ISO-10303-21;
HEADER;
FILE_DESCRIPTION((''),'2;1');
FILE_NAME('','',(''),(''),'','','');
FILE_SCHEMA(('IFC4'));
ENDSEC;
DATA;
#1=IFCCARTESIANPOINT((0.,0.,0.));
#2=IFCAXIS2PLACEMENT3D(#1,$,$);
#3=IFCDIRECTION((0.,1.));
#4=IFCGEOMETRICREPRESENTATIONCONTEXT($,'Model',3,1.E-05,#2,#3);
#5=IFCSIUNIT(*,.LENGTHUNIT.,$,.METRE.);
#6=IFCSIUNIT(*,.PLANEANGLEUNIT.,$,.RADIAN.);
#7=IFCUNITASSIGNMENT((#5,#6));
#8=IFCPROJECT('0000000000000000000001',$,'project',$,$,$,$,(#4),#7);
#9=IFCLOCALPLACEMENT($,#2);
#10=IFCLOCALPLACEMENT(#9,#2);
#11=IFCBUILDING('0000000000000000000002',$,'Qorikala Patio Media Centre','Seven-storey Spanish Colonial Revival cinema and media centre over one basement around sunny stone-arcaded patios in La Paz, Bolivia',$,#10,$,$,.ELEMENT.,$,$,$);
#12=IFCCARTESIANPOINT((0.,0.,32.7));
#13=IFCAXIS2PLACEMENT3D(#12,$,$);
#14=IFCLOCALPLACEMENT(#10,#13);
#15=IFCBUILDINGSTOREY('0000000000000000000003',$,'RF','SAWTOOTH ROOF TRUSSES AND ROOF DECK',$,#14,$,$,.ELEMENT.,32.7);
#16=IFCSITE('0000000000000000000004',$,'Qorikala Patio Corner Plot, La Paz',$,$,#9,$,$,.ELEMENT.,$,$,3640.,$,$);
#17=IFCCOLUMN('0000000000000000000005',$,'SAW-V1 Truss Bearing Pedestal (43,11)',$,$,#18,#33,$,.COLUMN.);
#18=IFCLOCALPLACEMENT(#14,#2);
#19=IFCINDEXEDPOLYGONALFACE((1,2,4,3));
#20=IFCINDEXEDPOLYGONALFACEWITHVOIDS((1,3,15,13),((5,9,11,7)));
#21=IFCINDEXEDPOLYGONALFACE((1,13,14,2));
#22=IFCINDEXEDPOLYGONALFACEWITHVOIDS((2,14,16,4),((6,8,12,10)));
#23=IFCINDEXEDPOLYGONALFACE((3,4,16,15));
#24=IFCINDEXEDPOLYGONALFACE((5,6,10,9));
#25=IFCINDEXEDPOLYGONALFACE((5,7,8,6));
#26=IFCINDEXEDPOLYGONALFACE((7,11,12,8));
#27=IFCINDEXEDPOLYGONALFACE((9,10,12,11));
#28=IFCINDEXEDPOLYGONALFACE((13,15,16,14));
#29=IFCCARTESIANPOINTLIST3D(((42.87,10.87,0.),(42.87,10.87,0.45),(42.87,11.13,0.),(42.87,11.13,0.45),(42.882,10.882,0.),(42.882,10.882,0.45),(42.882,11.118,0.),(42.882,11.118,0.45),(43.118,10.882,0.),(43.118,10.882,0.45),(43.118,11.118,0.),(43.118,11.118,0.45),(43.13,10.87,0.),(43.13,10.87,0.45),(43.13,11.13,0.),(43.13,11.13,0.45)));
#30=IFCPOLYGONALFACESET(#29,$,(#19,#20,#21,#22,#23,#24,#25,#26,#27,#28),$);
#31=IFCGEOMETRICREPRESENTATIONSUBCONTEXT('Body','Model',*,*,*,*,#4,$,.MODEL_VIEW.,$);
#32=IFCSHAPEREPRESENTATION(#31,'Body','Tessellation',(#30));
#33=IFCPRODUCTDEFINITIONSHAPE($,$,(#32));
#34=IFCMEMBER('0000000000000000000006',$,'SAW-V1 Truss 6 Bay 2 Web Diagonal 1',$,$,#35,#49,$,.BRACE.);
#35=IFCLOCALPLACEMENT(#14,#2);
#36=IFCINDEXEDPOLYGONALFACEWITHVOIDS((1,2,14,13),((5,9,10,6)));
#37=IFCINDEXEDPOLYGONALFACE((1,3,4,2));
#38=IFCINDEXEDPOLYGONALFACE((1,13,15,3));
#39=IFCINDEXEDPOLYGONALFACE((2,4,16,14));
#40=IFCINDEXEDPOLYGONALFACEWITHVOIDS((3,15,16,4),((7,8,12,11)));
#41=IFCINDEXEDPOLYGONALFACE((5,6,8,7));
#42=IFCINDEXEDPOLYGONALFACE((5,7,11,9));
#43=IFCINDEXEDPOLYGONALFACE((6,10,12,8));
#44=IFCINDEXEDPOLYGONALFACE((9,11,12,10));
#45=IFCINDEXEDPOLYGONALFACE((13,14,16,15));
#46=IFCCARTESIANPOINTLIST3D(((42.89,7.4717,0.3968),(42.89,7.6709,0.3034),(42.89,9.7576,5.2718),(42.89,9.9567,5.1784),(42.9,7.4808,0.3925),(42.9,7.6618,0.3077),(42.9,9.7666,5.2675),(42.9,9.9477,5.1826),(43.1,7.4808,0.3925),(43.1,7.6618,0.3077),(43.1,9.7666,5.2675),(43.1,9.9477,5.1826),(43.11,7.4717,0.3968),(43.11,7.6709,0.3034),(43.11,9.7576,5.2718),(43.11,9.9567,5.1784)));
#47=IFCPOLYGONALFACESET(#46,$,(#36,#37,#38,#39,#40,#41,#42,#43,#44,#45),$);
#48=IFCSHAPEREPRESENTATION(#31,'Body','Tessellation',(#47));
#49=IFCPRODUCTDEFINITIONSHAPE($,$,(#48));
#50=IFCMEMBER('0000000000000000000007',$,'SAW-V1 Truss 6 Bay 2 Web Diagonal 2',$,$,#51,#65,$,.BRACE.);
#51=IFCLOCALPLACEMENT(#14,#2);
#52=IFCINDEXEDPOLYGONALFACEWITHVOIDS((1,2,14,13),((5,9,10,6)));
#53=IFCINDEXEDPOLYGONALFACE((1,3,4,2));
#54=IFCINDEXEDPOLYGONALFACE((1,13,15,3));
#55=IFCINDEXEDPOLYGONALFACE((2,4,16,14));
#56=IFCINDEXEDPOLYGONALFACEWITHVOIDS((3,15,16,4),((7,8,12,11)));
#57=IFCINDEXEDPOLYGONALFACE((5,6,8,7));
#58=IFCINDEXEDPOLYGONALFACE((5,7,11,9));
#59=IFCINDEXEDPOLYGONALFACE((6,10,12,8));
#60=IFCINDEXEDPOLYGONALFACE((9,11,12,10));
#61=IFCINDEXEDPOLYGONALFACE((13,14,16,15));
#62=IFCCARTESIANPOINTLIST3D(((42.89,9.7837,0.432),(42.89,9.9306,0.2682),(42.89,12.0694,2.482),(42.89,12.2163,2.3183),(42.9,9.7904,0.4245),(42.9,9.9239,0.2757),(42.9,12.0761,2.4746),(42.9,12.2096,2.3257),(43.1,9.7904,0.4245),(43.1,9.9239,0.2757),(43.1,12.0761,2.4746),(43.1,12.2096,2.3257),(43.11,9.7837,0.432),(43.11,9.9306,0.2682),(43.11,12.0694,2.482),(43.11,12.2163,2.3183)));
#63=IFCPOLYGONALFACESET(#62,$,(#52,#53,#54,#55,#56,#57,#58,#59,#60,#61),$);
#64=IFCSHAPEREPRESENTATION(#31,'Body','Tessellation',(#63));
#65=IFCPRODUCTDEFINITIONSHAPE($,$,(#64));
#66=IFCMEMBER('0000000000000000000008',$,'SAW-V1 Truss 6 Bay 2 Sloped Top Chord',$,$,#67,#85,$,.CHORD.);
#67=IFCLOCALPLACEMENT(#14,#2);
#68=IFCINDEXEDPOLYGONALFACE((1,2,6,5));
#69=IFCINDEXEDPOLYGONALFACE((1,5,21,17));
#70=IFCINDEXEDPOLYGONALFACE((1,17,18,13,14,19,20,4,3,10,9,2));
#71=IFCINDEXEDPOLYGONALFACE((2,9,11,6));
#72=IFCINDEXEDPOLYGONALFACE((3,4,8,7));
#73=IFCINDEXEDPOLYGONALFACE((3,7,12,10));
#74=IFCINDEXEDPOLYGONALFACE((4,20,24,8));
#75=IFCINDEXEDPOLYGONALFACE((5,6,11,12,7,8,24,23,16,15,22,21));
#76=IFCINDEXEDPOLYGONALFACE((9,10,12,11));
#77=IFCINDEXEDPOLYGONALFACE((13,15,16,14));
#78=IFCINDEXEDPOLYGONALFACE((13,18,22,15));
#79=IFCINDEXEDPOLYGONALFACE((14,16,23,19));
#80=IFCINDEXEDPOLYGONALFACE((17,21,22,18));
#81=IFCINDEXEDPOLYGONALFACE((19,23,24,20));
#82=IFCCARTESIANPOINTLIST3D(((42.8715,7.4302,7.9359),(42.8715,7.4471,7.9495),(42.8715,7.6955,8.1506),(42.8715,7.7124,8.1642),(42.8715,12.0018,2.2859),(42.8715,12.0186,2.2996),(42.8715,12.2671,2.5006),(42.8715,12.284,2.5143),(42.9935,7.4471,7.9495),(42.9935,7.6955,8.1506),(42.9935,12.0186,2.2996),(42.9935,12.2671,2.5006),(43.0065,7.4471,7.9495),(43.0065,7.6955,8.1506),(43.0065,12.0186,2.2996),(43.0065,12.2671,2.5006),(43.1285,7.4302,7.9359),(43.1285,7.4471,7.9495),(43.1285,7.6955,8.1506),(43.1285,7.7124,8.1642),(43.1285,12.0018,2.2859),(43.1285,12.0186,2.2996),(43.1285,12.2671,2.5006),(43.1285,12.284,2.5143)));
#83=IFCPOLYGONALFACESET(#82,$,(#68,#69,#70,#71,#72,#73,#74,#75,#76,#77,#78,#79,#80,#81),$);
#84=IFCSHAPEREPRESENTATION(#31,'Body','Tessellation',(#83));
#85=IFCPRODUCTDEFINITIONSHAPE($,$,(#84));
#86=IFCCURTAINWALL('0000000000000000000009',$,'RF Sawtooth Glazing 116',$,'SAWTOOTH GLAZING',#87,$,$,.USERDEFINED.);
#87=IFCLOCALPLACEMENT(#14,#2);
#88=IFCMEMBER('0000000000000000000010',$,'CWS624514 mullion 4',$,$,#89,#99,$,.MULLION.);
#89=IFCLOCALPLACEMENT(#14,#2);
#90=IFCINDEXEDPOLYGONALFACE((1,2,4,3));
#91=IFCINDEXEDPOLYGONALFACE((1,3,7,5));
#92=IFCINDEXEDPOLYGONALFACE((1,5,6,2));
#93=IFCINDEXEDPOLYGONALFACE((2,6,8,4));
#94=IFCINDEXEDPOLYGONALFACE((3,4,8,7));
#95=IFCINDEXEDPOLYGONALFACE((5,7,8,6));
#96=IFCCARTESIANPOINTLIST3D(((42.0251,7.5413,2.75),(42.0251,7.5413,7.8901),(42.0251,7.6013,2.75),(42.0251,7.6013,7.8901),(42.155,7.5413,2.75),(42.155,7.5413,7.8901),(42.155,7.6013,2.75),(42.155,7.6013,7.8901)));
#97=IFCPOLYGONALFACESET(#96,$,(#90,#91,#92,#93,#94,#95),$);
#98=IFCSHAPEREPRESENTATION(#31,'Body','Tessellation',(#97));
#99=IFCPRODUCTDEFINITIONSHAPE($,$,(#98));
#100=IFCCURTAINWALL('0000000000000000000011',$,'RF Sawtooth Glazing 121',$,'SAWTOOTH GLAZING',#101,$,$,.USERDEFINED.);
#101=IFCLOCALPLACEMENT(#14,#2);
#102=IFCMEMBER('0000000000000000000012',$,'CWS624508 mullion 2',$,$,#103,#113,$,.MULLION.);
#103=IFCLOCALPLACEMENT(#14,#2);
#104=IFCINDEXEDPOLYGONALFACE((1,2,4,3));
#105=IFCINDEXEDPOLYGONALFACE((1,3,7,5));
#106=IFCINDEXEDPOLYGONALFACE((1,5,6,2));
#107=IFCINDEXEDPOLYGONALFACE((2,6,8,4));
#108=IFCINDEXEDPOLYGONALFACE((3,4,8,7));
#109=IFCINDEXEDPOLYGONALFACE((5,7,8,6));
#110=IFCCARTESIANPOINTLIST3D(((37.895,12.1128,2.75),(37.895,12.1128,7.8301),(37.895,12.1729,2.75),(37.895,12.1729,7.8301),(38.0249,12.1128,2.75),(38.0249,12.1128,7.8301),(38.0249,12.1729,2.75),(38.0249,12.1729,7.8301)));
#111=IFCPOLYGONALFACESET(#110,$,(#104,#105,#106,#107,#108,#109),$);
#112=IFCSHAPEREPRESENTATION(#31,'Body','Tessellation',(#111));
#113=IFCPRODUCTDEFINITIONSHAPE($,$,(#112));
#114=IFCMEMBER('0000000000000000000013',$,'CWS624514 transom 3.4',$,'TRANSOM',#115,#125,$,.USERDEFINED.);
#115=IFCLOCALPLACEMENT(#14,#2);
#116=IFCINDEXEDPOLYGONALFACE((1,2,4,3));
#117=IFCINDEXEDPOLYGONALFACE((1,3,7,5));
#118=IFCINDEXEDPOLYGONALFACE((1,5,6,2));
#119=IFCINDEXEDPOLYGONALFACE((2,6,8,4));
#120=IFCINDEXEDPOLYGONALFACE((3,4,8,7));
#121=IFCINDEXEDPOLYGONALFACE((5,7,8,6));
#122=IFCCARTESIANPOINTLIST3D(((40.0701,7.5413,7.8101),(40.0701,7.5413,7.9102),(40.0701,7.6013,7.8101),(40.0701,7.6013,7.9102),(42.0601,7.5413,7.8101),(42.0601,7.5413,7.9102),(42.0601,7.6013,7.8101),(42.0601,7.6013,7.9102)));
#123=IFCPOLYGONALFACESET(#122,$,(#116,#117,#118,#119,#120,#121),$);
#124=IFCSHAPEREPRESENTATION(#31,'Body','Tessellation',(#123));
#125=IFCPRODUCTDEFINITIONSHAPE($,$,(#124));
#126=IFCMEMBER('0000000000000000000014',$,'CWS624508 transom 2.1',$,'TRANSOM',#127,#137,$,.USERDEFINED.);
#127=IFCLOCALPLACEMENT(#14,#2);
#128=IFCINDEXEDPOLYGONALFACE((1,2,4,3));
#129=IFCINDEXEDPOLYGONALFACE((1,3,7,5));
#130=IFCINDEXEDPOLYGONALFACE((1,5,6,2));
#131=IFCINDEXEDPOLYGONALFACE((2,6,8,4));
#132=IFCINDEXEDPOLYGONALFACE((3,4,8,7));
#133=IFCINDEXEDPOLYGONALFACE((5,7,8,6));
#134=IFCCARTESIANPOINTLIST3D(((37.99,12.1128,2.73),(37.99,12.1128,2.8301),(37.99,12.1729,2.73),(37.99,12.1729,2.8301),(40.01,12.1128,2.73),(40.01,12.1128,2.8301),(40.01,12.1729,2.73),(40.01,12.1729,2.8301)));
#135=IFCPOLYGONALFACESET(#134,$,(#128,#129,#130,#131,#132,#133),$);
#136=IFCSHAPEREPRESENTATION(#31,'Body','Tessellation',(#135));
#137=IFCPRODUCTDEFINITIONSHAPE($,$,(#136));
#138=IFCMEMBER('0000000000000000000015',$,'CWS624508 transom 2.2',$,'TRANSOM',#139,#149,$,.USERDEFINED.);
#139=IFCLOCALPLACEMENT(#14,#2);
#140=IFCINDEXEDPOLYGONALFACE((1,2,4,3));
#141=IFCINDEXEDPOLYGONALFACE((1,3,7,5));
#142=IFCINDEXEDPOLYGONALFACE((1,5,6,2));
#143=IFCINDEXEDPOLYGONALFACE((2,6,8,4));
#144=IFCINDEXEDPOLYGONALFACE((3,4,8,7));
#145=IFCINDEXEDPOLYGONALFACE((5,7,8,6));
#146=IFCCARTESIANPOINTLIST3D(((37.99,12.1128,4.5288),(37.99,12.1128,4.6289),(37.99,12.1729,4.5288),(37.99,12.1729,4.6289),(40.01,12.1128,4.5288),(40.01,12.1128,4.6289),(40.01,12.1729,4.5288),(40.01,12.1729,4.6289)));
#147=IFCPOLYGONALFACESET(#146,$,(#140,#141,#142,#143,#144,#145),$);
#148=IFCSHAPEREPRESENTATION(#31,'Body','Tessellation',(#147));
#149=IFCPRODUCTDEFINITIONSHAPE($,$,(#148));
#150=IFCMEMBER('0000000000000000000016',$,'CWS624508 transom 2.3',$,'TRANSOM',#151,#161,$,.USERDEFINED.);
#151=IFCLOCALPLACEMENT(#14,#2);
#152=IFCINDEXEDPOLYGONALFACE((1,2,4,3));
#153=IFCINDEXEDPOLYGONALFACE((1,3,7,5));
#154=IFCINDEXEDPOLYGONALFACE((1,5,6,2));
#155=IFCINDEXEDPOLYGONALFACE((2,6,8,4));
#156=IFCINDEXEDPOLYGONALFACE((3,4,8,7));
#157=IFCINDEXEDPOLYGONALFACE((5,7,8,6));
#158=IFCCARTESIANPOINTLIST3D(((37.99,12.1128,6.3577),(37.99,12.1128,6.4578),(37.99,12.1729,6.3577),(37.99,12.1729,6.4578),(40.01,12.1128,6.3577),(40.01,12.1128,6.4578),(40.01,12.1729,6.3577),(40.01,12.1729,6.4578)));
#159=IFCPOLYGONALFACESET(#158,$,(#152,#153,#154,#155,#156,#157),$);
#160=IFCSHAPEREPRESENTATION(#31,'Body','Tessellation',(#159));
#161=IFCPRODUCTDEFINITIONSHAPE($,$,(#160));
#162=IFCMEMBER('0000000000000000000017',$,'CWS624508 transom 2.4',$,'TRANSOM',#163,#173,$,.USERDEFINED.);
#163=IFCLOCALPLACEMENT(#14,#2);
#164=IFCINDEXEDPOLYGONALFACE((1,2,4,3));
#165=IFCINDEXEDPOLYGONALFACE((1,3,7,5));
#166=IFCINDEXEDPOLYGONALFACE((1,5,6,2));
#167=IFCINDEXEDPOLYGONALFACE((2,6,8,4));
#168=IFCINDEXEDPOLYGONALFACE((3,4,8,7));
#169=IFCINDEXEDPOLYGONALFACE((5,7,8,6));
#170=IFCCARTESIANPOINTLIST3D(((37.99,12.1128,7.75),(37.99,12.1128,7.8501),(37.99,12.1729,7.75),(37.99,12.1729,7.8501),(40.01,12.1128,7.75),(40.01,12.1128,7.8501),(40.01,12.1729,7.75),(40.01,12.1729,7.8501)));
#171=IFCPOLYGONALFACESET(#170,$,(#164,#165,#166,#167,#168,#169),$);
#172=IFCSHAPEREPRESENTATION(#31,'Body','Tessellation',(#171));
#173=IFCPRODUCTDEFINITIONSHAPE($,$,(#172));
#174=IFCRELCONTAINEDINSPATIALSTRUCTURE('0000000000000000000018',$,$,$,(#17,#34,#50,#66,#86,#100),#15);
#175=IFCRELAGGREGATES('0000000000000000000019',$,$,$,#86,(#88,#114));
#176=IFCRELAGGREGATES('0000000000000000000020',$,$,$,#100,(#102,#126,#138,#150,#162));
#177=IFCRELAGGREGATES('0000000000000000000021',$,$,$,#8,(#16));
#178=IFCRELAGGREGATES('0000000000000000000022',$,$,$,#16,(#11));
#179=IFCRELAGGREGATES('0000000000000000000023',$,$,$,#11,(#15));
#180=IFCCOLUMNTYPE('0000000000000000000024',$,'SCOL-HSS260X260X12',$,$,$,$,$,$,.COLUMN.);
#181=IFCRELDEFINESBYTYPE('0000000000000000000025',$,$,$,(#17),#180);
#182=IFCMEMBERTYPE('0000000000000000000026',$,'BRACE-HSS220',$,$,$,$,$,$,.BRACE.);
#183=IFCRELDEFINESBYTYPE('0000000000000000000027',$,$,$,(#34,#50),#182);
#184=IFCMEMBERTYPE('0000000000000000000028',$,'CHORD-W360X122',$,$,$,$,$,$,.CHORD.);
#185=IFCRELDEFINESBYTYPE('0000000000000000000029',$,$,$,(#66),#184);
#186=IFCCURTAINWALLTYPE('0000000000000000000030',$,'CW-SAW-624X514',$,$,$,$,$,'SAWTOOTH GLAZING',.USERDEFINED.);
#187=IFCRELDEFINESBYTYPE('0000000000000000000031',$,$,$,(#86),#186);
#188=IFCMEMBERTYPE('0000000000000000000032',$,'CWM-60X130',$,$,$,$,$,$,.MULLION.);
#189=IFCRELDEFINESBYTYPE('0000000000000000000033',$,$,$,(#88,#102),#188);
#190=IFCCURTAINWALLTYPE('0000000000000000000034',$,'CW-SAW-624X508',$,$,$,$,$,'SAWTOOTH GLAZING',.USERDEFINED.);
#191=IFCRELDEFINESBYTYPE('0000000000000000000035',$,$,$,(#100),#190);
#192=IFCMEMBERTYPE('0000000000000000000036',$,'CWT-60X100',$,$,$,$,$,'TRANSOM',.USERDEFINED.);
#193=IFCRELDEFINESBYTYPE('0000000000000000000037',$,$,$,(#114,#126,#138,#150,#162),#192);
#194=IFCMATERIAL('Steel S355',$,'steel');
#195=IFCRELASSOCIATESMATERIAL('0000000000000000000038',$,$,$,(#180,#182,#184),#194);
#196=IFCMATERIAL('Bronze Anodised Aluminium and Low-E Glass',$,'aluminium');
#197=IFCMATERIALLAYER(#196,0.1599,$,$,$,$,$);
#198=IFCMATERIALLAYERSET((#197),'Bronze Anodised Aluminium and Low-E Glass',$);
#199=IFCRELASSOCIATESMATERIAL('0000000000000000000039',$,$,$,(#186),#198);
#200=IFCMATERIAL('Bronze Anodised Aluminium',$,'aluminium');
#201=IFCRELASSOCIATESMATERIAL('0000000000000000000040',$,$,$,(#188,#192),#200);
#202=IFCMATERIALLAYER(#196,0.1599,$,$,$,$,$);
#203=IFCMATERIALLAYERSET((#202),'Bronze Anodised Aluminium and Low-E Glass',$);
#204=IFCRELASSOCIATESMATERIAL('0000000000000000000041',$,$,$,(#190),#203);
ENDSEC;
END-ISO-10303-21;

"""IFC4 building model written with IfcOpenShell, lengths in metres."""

from ifc_helpers import new_model, si_unit, direction, frame, origin, origin_2d, place, context, subcontext, project, spatial, rectangle, hollow_rectangle, i_section, extrude, material, layer, layer_set, material_profile, profile_set, type_object, element, aggregate, save


model = new_model("IFC4")

# Units and contexts
model_context = context("Model", 3, precision=1e-05, world=origin(), true_north=direction((0.0, 1.0)))
body_context = subcontext(model_context, "Body", "Model", "MODEL_VIEW")
ifc_project = project(units=[si_unit("LENGTHUNIT", "METRE"), si_unit("PLANEANGLEUNIT", "RADIAN")], contexts=[model_context])

# Site, building, storey
site_placement = place(None, origin())
site = spatial("IfcSite", under=ifc_project, at=site_placement, Name="Qorikala Patio Corner Plot, La Paz", CompositionType="ELEMENT", RefElevation=3640.0)
building_placement = place(site_placement, origin())
building = spatial("IfcBuilding", under=site, at=building_placement, Name="Qorikala Patio Media Centre", Description="Seven-storey Spanish Colonial Revival cinema and media centre over one basement around sunny stone-arcaded patios in La Paz, Bolivia", CompositionType="ELEMENT")
storey_placement = place(building_placement, frame((0.0, 0.0, 32.7)))
storey = spatial("IfcBuildingStorey", under=building, at=storey_placement, Name="RF", Description="SAWTOOTH ROOF TRUSSES AND ROOF DECK", CompositionType="ELEMENT", Elevation=32.7)

# Column
ifc_material_1 = material(Name="Steel S355", Category="steel")
ifc_material_profile_1 = material_profile(ifc_material_1, hollow_rectangle(XDim=0.26, YDim=0.26, WallThickness=0.012, at=origin_2d()), Name="HSS260X260X12")
ifc_profile_set_1 = profile_set([ifc_material_profile_1], Name="Steel S355")
column_type = type_object("IfcColumnType", Name="SCOL-HSS260X260X12", PredefinedType="COLUMN", material=ifc_profile_set_1)
column_placement = place(storey_placement, frame((43.0, 11.0, 0.0), z_axis=(0.0, 0.0, 1.0), x_axis=(1.0, 0.0, 0.0)))
element("IfcColumn", 1, at=column_placement, inside=storey, type_object=column_type, Name="SAW-V1 Truss Bearing Pedestal (43,11)", PredefinedType="COLUMN", context=body_context, shape_type="SweptSolid", body=[
    extrude(hollow_rectangle(XDim=0.26, YDim=0.26, WallThickness=0.012, at=origin_2d()), origin(), (0.0, 0.0, 1.0), 0.45),
])

# Members
ifc_material_profile_2 = material_profile(ifc_material_1, hollow_rectangle(XDim=0.22, YDim=0.22, WallThickness=0.01, at=origin_2d()), Name="HSS220X220X10")
ifc_profile_set_2 = profile_set([ifc_material_profile_2], Name="Steel S355")
member_type_1 = type_object("IfcMemberType", Name="BRACE-HSS220", PredefinedType="BRACE", material=ifc_profile_set_2)
member_1_placement = place(storey_placement, frame((43.0, 7.5713, 0.3501), z_axis=(0.0, 0.424545, 0.905407), x_axis=(-1.0, 0.0, 0.0)))
element("IfcMember", 2, at=member_1_placement, inside=storey, type_object=member_type_1, Name="SAW-V1 Truss 6 Bay 2 Web Diagonal 1", PredefinedType="BRACE", context=body_context, shape_type="SweptSolid", body=[
    extrude(hollow_rectangle(XDim=0.22, YDim=0.22, WallThickness=0.01, at=origin_2d()), origin(), (0.0, 0.0, 1.0), 5.3843),
])
member_2_placement = place(storey_placement, frame((43.0, 9.8572, 0.3501), z_axis=(0.0, 0.744432, 0.667699), x_axis=(-1.0, 0.0, 0.0)))
element("IfcMember", 3, at=member_2_placement, inside=storey, type_object=member_type_1, Name="SAW-V1 Truss 6 Bay 2 Web Diagonal 2", PredefinedType="BRACE", context=body_context, shape_type="SweptSolid", body=[
    extrude(hollow_rectangle(XDim=0.22, YDim=0.22, WallThickness=0.01, at=origin_2d()), origin(), (0.0, 0.0, 1.0), 3.0703),
])
ifc_material_profile_3 = material_profile(ifc_material_1, i_section(OverallWidth=0.2571, OverallDepth=0.363, WebThickness=0.0129, FlangeThickness=0.0217, at=origin_2d()), Name="W360X122")
ifc_profile_set_3 = profile_set([ifc_material_profile_3], Name="Steel S355")
member_type_2 = type_object("IfcMemberType", Name="CHORD-W360X122", PredefinedType="CHORD", material=ifc_profile_set_3)
member_3_placement = place(storey_placement, frame((43.0, 7.5713, 8.05), z_axis=(0.0, 0.629016, -0.777393), x_axis=(-1.0, 0.0, 0.0)))
element("IfcMember", 4, at=member_3_placement, inside=storey, type_object=member_type_2, Name="SAW-V1 Truss 6 Bay 2 Sloped Top Chord", PredefinedType="CHORD", context=body_context, shape_type="SweptSolid", body=[
    extrude(i_section(OverallWidth=0.2571, OverallDepth=0.363, WebThickness=0.0129, FlangeThickness=0.0217, at=origin_2d()), origin(), (0.0, 0.0, 1.0), 7.2678),
])

# Curtain walls, members
ifc_material_2 = material(Name="Bronze Anodised Aluminium and Low-E Glass", Category="aluminium")
ifc_layer_1 = layer(ifc_material_2, 0.1599)
ifc_layer_set_1 = layer_set([ifc_layer_1], Name="Bronze Anodised Aluminium and Low-E Glass")
curtain_wall_type_1 = type_object("IfcCurtainWallType", Name="CW-SAW-624X514", ElementType="SAWTOOTH GLAZING", PredefinedType="USERDEFINED", material=ifc_layer_set_1)
curtain_wall_1_placement = place(storey_placement, origin())
curtain_wall_1 = element("IfcCurtainWall", 5, at=curtain_wall_1_placement, inside=storey, type_object=curtain_wall_type_1, Name="RF Sawtooth Glazing 116", ObjectType="SAWTOOTH GLAZING", PredefinedType="USERDEFINED")
ifc_material_3 = material(Name="Bronze Anodised Aluminium", Category="aluminium")
ifc_material_profile_4 = material_profile(ifc_material_3, rectangle(XDim=0.0601, YDim=0.1299, at=origin_2d()), Name="ALU MULLION 60x130")
ifc_profile_set_4 = profile_set([ifc_material_profile_4], Name="Bronze Anodised Aluminium")
member_type_3 = type_object("IfcMemberType", Name="CWM-60X130", PredefinedType="MULLION", material=ifc_profile_set_4)
member_4_placement = place(storey_placement, frame((42.0901, 7.5713, 2.75), z_axis=(0.0, 0.0, 1.0), x_axis=(0.0, 1.0, 0.0)))
member_4 = element("IfcMember", 6, at=member_4_placement, type_object=member_type_3, Name="CWS624514 mullion 4", PredefinedType="MULLION", context=body_context, shape_type="SweptSolid", body=[
    extrude(rectangle(XDim=0.0601, YDim=0.1299, at=origin_2d()), origin(), (0.0, 0.0, 1.0), 5.1401),
])
ifc_layer_2 = layer(ifc_material_2, 0.1599)
ifc_layer_set_2 = layer_set([ifc_layer_2], Name="Bronze Anodised Aluminium and Low-E Glass")
curtain_wall_type_2 = type_object("IfcCurtainWallType", Name="CW-SAW-624X508", ElementType="SAWTOOTH GLAZING", PredefinedType="USERDEFINED", material=ifc_layer_set_2)
curtain_wall_2_placement = place(storey_placement, origin())
curtain_wall_2 = element("IfcCurtainWall", 7, at=curtain_wall_2_placement, inside=storey, type_object=curtain_wall_type_2, Name="RF Sawtooth Glazing 121", ObjectType="SAWTOOTH GLAZING", PredefinedType="USERDEFINED")
member_5_placement = place(storey_placement, frame((37.96, 12.1428, 2.75), z_axis=(0.0, 0.0, 1.0), x_axis=(0.0, 1.0, 0.0)))
member_5 = element("IfcMember", 8, at=member_5_placement, type_object=member_type_3, Name="CWS624508 mullion 2", PredefinedType="MULLION", context=body_context, shape_type="SweptSolid", body=[
    extrude(rectangle(XDim=0.0601, YDim=0.1299, at=origin_2d()), origin(), (0.0, 0.0, 1.0), 5.0801),
])

# Members
ifc_material_profile_5 = material_profile(ifc_material_3, rectangle(XDim=0.0601, YDim=0.1001, at=origin_2d()), Name="ALU TRANSOM 60x100")
ifc_profile_set_5 = profile_set([ifc_material_profile_5], Name="Bronze Anodised Aluminium")
member_type_4 = type_object("IfcMemberType", Name="CWT-60X100", ElementType="TRANSOM", PredefinedType="USERDEFINED", material=ifc_profile_set_5)
member_6_placement = place(storey_placement, frame((40.0701, 7.5713, 7.8601), z_axis=(1.0, 0.0, 0.0), x_axis=(0.0, 1.0, 0.0)))
member_6 = element("IfcMember", 9, at=member_6_placement, type_object=member_type_4, Name="CWS624514 transom 3.4", ObjectType="TRANSOM", PredefinedType="USERDEFINED", context=body_context, shape_type="SweptSolid", body=[
    extrude(rectangle(XDim=0.0601, YDim=0.1001, at=origin_2d()), origin(), (0.0, 0.0, 1.0), 1.99),
])
member_7_placement = place(storey_placement, frame((37.99, 12.1428, 2.78), z_axis=(1.0, 0.0, 0.0), x_axis=(0.0, 1.0, 0.0)))
member_7 = element("IfcMember", 10, at=member_7_placement, type_object=member_type_4, Name="CWS624508 transom 2.1", ObjectType="TRANSOM", PredefinedType="USERDEFINED", context=body_context, shape_type="SweptSolid", body=[
    extrude(rectangle(XDim=0.0601, YDim=0.1001, at=origin_2d()), origin(), (0.0, 0.0, 1.0), 2.02),
])
member_8_placement = place(storey_placement, frame((37.99, 12.1428, 4.5789), z_axis=(1.0, 0.0, 0.0), x_axis=(0.0, 1.0, 0.0)))
member_8 = element("IfcMember", 11, at=member_8_placement, type_object=member_type_4, Name="CWS624508 transom 2.2", ObjectType="TRANSOM", PredefinedType="USERDEFINED", context=body_context, shape_type="SweptSolid", body=[
    extrude(rectangle(XDim=0.0601, YDim=0.1001, at=origin_2d()), origin(), (0.0, 0.0, 1.0), 2.02),
])
member_9_placement = place(storey_placement, frame((37.99, 12.1428, 6.4077), z_axis=(1.0, 0.0, 0.0), x_axis=(0.0, 1.0, 0.0)))
member_9 = element("IfcMember", 12, at=member_9_placement, type_object=member_type_4, Name="CWS624508 transom 2.3", ObjectType="TRANSOM", PredefinedType="USERDEFINED", context=body_context, shape_type="SweptSolid", body=[
    extrude(rectangle(XDim=0.0601, YDim=0.1001, at=origin_2d()), origin(), (0.0, 0.0, 1.0), 2.02),
])
member_10_placement = place(storey_placement, frame((37.99, 12.1428, 7.8), z_axis=(1.0, 0.0, 0.0), x_axis=(0.0, 1.0, 0.0)))
member_10 = element("IfcMember", 13, at=member_10_placement, type_object=member_type_4, Name="CWS624508 transom 2.4", ObjectType="TRANSOM", PredefinedType="USERDEFINED", context=body_context, shape_type="SweptSolid", body=[
    extrude(rectangle(XDim=0.0601, YDim=0.1001, at=origin_2d()), origin(), (0.0, 0.0, 1.0), 2.02),
])

aggregate(curtain_wall_1, [member_4, member_6])
aggregate(curtain_wall_2, [member_5, member_7, member_8, member_9, member_10])

save(model, "model.ifc")
